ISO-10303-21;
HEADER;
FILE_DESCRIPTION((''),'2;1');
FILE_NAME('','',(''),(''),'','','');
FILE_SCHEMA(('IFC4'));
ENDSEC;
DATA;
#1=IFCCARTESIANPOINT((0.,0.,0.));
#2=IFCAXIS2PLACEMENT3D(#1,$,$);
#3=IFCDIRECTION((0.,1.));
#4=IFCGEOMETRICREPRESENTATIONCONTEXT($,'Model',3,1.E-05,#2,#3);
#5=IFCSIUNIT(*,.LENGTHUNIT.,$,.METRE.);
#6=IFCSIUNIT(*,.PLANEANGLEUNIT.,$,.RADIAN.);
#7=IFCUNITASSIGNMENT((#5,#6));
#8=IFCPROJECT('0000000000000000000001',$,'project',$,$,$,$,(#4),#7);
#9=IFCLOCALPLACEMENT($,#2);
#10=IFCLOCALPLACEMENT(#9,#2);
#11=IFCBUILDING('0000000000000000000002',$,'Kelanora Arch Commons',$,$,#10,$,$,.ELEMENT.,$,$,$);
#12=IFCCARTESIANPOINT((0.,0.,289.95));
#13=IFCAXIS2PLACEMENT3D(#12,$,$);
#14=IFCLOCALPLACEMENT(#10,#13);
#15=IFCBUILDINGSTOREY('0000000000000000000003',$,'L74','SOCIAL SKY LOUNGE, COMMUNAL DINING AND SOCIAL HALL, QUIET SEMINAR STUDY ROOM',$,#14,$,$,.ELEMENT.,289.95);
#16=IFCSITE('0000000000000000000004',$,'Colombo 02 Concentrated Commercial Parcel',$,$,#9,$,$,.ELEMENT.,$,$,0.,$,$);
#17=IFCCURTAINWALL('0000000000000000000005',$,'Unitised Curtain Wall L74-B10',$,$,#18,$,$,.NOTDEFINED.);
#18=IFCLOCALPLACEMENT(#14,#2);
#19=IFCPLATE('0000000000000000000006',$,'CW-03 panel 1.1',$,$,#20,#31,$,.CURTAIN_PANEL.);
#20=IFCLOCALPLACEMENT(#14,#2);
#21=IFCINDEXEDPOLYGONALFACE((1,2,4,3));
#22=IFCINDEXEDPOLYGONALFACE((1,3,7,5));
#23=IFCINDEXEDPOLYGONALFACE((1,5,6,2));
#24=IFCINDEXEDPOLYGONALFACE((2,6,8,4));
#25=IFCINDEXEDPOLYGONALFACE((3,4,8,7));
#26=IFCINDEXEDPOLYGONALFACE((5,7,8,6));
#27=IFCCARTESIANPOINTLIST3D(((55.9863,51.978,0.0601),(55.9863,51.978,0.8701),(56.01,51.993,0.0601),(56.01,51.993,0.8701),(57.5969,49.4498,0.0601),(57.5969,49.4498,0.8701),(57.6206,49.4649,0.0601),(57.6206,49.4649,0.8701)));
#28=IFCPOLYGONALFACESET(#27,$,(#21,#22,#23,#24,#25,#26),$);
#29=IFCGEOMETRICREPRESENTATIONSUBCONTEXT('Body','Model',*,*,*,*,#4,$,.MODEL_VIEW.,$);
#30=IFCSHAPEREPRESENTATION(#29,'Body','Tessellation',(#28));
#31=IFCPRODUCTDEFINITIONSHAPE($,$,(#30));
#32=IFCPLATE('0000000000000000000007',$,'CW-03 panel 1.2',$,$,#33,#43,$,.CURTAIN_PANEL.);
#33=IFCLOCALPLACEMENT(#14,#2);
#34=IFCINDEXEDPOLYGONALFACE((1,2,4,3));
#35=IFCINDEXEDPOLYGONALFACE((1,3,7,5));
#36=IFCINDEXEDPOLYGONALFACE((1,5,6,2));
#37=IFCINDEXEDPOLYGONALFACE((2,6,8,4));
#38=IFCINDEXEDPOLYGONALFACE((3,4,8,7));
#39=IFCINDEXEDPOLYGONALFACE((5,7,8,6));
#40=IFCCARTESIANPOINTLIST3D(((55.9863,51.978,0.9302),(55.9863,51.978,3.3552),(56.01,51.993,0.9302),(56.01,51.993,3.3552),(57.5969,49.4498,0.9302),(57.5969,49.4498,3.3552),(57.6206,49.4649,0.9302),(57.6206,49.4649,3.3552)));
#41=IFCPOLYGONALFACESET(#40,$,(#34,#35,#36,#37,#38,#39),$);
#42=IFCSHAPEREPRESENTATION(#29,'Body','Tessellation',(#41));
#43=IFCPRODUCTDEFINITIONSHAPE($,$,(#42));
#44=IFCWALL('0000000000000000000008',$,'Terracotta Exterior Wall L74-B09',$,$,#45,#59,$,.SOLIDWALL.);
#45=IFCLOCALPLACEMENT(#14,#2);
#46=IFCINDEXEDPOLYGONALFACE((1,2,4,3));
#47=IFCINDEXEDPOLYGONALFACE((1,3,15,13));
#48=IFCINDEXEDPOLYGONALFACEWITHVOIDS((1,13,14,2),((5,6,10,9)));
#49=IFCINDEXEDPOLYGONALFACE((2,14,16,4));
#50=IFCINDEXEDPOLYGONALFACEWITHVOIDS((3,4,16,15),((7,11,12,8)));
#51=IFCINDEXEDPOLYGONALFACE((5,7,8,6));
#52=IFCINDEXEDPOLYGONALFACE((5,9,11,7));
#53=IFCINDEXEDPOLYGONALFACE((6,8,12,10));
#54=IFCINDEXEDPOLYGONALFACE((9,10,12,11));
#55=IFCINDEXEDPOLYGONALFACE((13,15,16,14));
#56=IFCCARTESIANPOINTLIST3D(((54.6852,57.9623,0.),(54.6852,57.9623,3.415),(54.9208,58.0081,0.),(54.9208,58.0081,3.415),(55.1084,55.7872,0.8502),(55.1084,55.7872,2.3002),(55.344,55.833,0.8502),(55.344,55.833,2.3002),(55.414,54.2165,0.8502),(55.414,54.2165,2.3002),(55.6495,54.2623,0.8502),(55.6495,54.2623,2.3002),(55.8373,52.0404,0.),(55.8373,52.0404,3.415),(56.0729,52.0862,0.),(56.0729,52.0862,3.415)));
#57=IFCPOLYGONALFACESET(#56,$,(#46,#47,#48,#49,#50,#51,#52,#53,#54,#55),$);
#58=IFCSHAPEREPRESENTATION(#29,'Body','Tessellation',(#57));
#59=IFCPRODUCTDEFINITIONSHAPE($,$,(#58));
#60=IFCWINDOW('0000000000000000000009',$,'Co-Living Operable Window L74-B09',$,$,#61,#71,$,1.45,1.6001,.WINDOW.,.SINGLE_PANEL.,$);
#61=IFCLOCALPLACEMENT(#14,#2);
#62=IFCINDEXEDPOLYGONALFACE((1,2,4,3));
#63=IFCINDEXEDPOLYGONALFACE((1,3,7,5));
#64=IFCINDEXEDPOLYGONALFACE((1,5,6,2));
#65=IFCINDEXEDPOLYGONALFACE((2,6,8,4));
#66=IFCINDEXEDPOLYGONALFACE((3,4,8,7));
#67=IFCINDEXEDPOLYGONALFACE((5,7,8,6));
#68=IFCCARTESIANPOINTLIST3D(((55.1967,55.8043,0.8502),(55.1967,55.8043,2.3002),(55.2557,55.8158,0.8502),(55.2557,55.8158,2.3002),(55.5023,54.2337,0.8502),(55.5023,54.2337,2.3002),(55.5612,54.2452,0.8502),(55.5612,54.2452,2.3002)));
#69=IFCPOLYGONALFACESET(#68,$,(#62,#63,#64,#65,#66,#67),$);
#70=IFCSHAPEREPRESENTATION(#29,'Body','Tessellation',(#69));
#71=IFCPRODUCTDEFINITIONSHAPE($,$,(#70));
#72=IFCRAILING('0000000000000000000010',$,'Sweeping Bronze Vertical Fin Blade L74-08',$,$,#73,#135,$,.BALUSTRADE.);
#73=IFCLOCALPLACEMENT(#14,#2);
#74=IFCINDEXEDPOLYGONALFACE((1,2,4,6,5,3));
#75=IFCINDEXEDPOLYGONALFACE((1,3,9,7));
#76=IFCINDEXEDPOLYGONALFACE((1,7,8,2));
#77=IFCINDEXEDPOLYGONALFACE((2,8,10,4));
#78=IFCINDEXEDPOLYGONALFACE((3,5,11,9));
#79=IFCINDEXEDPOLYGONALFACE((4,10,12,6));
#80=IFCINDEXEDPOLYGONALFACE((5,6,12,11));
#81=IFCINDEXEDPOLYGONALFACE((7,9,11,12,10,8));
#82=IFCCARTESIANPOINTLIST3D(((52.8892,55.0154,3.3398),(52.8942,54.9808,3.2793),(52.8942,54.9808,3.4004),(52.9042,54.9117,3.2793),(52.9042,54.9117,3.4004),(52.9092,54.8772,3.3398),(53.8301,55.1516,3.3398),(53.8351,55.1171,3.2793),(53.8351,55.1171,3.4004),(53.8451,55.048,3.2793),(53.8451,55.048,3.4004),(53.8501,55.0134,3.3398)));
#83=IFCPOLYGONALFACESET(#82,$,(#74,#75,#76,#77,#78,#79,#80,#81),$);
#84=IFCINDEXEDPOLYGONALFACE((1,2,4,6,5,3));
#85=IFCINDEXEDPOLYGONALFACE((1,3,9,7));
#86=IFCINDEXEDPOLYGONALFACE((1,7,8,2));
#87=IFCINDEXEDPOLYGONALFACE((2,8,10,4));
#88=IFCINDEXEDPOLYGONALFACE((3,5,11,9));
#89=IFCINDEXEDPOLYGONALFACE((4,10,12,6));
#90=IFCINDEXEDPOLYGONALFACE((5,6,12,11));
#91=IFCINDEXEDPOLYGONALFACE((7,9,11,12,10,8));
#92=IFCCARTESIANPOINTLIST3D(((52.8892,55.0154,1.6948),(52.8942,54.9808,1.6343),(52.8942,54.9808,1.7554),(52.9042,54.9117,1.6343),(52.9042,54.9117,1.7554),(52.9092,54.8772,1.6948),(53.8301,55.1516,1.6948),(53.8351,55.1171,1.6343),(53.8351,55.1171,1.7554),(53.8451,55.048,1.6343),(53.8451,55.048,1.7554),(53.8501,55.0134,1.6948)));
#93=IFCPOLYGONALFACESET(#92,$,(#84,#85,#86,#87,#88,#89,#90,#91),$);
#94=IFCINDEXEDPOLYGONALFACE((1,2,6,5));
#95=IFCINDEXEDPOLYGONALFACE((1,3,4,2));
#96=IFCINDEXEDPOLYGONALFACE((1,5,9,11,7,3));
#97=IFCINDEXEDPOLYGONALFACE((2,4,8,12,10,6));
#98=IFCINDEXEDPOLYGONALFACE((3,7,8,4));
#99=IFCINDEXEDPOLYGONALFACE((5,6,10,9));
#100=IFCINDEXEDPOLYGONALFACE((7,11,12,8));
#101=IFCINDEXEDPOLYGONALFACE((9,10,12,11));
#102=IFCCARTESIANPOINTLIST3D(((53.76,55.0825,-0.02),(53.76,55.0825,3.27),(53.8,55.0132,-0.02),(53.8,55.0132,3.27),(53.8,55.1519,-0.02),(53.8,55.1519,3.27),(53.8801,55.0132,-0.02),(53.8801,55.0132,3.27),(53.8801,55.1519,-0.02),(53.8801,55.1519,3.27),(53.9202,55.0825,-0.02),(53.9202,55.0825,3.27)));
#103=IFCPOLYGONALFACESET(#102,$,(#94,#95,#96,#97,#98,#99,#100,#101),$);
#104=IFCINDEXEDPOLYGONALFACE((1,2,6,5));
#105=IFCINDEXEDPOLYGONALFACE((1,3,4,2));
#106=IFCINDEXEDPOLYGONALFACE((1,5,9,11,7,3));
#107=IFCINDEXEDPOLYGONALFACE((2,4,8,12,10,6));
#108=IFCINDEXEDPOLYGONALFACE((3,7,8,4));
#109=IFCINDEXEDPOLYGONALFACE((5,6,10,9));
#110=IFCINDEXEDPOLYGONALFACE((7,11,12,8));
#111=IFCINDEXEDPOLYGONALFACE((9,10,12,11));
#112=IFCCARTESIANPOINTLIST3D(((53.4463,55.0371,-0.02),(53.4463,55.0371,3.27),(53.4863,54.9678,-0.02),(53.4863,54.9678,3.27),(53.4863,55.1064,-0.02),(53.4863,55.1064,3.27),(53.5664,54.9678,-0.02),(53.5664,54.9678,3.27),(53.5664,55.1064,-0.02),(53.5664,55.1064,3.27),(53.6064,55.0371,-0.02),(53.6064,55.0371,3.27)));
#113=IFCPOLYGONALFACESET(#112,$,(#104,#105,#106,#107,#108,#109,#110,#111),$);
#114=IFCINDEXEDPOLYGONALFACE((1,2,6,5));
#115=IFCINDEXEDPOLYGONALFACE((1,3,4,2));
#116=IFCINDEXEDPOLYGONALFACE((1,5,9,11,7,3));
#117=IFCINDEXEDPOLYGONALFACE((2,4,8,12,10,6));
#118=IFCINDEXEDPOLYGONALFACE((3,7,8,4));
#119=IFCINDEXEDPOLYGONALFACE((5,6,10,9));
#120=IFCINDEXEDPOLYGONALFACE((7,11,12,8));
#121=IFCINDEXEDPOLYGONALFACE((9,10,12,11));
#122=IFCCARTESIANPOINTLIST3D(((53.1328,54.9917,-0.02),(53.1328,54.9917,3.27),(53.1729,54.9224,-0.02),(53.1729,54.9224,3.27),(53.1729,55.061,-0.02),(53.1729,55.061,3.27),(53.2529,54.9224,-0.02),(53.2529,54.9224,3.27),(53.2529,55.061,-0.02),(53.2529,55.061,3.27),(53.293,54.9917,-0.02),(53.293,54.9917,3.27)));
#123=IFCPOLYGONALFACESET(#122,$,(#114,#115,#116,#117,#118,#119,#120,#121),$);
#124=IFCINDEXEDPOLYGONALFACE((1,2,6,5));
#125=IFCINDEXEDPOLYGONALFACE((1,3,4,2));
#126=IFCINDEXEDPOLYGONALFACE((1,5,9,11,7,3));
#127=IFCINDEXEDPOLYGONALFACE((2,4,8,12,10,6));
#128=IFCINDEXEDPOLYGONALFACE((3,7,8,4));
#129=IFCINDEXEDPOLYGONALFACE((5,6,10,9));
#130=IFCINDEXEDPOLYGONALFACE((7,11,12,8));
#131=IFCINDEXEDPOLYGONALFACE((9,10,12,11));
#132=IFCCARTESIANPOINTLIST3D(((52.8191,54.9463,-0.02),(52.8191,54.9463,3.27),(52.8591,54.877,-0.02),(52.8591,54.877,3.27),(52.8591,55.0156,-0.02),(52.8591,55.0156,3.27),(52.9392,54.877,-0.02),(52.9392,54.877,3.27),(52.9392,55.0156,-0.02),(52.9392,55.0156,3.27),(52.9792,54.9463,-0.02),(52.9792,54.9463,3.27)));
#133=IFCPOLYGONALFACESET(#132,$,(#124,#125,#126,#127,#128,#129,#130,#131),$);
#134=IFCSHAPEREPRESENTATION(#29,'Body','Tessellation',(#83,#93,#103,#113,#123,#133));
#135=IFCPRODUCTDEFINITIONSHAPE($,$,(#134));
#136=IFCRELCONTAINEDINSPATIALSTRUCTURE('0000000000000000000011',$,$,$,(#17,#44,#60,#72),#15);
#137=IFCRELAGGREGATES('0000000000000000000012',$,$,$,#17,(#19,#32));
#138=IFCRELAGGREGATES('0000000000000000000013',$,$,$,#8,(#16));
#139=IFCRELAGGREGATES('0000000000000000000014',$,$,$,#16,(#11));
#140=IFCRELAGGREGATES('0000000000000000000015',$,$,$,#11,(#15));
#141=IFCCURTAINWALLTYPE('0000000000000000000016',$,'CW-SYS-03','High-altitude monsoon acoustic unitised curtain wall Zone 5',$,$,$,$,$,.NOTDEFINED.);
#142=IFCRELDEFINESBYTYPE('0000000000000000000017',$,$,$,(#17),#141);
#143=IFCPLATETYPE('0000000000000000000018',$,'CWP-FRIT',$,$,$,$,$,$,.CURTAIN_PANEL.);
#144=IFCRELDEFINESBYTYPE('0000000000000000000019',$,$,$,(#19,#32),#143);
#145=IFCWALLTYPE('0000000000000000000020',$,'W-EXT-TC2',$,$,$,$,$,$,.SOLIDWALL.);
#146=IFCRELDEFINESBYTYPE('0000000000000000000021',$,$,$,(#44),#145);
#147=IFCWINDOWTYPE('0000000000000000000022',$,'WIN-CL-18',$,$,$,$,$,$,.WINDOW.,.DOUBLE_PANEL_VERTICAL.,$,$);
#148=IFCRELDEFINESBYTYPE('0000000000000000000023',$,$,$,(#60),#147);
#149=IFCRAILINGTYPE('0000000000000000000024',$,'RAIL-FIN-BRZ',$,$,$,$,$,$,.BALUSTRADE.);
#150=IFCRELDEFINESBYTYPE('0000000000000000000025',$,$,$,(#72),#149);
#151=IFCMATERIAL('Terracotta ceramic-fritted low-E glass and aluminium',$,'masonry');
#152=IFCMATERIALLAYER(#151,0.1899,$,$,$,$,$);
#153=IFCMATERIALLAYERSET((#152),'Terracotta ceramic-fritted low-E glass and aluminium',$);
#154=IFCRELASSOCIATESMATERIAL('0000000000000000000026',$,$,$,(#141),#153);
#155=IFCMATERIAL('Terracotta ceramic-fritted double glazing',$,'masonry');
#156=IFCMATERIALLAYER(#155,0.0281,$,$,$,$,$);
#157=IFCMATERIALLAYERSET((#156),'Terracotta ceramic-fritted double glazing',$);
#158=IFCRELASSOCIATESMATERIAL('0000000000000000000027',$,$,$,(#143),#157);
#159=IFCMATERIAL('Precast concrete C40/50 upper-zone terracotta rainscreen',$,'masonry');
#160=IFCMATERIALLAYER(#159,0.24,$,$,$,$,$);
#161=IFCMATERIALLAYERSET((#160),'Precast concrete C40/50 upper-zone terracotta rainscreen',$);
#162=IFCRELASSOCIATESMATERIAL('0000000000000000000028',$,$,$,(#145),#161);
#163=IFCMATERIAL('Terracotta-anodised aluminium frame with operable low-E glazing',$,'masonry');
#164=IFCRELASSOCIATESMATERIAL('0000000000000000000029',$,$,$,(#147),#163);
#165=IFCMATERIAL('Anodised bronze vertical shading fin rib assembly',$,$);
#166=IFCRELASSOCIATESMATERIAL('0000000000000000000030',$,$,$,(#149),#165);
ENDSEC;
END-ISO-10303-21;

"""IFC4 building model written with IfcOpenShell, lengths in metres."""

from ifc_helpers import new_model, si_unit, direction, frame, frame_2d, origin, origin_2d, place, context, subcontext, project, spatial, polyline, rectangle, outline, extrude, source, transform, mapped, material, layer, layer_set, type_object, element, fill, aggregate, save


model = new_model("IFC4")

# Units and contexts
model_context = context("Model", 3, precision=1e-05, world=origin(), true_north=direction((0.0, 1.0)))
body_context = subcontext(model_context, "Body", "Model", "MODEL_VIEW")
ifc_project = project(units=[si_unit("LENGTHUNIT", "METRE"), si_unit("PLANEANGLEUNIT", "RADIAN")], contexts=[model_context])

# Site, building, storey
site_placement = place(None, origin())
site = spatial("IfcSite", under=ifc_project, at=site_placement, Name="Colombo 02 Concentrated Commercial Parcel", CompositionType="ELEMENT", RefElevation=0.0)
building_placement = place(site_placement, origin())
building = spatial("IfcBuilding", under=site, at=building_placement, Name="Kelanora Arch Commons", CompositionType="ELEMENT")
storey_placement = place(building_placement, frame((0.0, 0.0, 289.95)))
storey = spatial("IfcBuildingStorey", under=building, at=storey_placement, Name="L74", Description="SOCIAL SKY LOUNGE, COMMUNAL DINING AND SOCIAL HALL, QUIET SEMINAR STUDY ROOM", CompositionType="ELEMENT", Elevation=289.95)

# Curtain wall
ifc_material_1 = material(Name="Terracotta ceramic-fritted low-E glass and aluminium", Category="masonry")
ifc_layer_1 = layer(ifc_material_1, 0.1899)
ifc_layer_set_1 = layer_set([ifc_layer_1], Name="Terracotta ceramic-fritted low-E glass and aluminium")
curtain_wall_type = type_object("IfcCurtainWallType", Name="CW-SYS-03", Description="High-altitude monsoon acoustic unitised curtain wall Zone 5", PredefinedType="NOTDEFINED", material=ifc_layer_set_1)
curtain_wall_placement = place(storey_placement, origin())
curtain_wall = element("IfcCurtainWall", 1, at=curtain_wall_placement, inside=storey, type_object=curtain_wall_type, Name="Unitised Curtain Wall L74-B10", PredefinedType="NOTDEFINED")

# Plates
ifc_material_2 = material(Name="Terracotta ceramic-fritted double glazing", Category="masonry")
ifc_layer_2 = layer(ifc_material_2, 0.0281)
ifc_layer_set_2 = layer_set([ifc_layer_2], Name="Terracotta ceramic-fritted double glazing")
plate_type = type_object("IfcPlateType", Name="CWP-FRIT", PredefinedType="CURTAIN_PANEL", material=ifc_layer_set_2)
shared_shape_1 = source(origin(), body_context, "Body", "SweptSolid", [
    extrude(rectangle(XDim=2.9976, YDim=0.0281, at=origin_2d()), origin(), (0.0, 0.0, 1.0), 0.8101),
])
plate_1_placement = place(storey_placement, frame((56.8035, 50.7214, 0.0601), z_axis=(0.0, 0.0, 1.0), x_axis=(0.5373, -0.843391, 0.0)))
plate_1 = element("IfcPlate", 2, at=plate_1_placement, type_object=plate_type, Name="CW-03 panel 1.1", PredefinedType="CURTAIN_PANEL", context=body_context, shape_type="MappedRepresentation", body=[
    mapped(shared_shape_1, transform((0.0, 0.0, 0.0), scale=1.0)),
])
shared_shape_2 = source(origin(), body_context, "Body", "SweptSolid", [
    extrude(rectangle(XDim=2.9976, YDim=0.0281, at=origin_2d()), origin(), (0.0, 0.0, 1.0), 2.425),
])
plate_2_placement = place(storey_placement, frame((56.8035, 50.7214, 0.9302), z_axis=(0.0, 0.0, 1.0), x_axis=(0.5373, -0.843391, 0.0)))
plate_2 = element("IfcPlate", 3, at=plate_2_placement, type_object=plate_type, Name="CW-03 panel 1.2", PredefinedType="CURTAIN_PANEL", context=body_context, shape_type="MappedRepresentation", body=[
    mapped(shared_shape_2, transform((0.0, 0.0, 0.0), scale=1.0)),
])
aggregate(curtain_wall, [plate_1, plate_2])

# Wall, opening, window
ifc_material_3 = material(Name="Precast concrete C40/50 upper-zone terracotta rainscreen", Category="masonry")
ifc_layer_3 = layer(ifc_material_3, 0.24)
ifc_layer_set_3 = layer_set([ifc_layer_3], Name="Precast concrete C40/50 upper-zone terracotta rainscreen")
wall_type = type_object("IfcWallType", Name="W-EXT-TC2", PredefinedType="SOLIDWALL", material=ifc_layer_set_3)
wall_placement = place(storey_placement, frame((54.803, 57.9854, 0.0), z_axis=(0.0, 0.0, 1.0), x_axis=(0.190969, -0.981596, 0.0)))
wall = element("IfcWall", 4, at=wall_placement, inside=storey, type_object=wall_type, Name="Terracotta Exterior Wall L74-B09", PredefinedType="SOLIDWALL", context=body_context, shape_type="SweptSolid", body=[
    extrude(rectangle(XDim=6.033, YDim=0.24, at=frame_2d((3.0166, 0.0))), origin(), (0.0, 0.0, 1.0), 3.415),
])
opening_placement = place(wall_placement, frame((2.2161, 0.0, 0.8501)))
opening = element("IfcOpeningElement", 5, at=opening_placement, cuts=wall, PredefinedType="OPENING", context=body_context, shape_type="SweptSolid", body=[
    extrude(rectangle(XDim=1.6001, YDim=1.45, at=frame_2d((0.8, 0.7251))), frame((0.0, 0.1299, 0.0), z_axis=(0.0, -1.0, 0.0), x_axis=(1.0, 0.0, 0.0)), (0.0, 0.0, 1.0), 0.26),
])
ifc_material_4 = material(Name="Terracotta-anodised aluminium frame with operable low-E glazing", Category="masonry")
window_type = type_object("IfcWindowType", Name="WIN-CL-18", PartitioningType="DOUBLE_PANEL_VERTICAL", PredefinedType="WINDOW", material=ifc_material_4)
window_placement = place(opening_placement, origin())
window = element("IfcWindow", 6, at=window_placement, inside=storey, type_object=window_type, Name="Co-Living Operable Window L74-B09", OverallHeight=1.45, OverallWidth=1.6001, PartitioningType="SINGLE_PANEL", PredefinedType="WINDOW", context=body_context, shape_type="SweptSolid", body=[
    extrude(rectangle(XDim=1.6001, YDim=1.45, at=frame_2d((0.8, 0.7251))), frame((0.0, 0.03, 0.0), z_axis=(0.0, -1.0, 0.0), x_axis=(1.0, 0.0, 0.0)), (0.0, 0.0, 1.0), 0.0601),
])
fill(opening, window)

# Railing
ifc_material_5 = material(Name="Anodised bronze vertical shading fin rib assembly")
railing_type = type_object("IfcRailingType", Name="RAIL-FIN-BRZ", PredefinedType="BALUSTRADE", material=ifc_material_5)
railing_1_placement = place(storey_placement, frame((53.8401, 55.0825, -0.02)))
element("IfcRailing", 7, at=railing_1_placement, inside=storey, type_object=railing_type, Name="Sweeping Bronze Vertical Fin Blade L74-08", PredefinedType="BALUSTRADE", context=body_context, shape_type="SweptSolid", body=[
    extrude(outline(polyline([(0.0698, 0.0), (0.0349, 0.0605), (-0.0349, 0.0605), (-0.0698, 0.0), (-0.0349, -0.0605), (0.0349, -0.0605), (0.0698, 0.0)])), frame((0.0, 0.0, 3.3599), z_axis=(-0.989681, -0.143291, 0.0), x_axis=(0.143291, -0.989681, 0.0)), (0.0, 0.0, 1.0), 0.9507),
    extrude(outline(polyline([(0.0698, 0.0), (0.0349, 0.0605), (-0.0349, 0.0605), (-0.0698, 0.0), (-0.0349, -0.0605), (0.0349, -0.0605), (0.0698, 0.0)])), frame((0.0, 0.0, 1.7148), z_axis=(-0.989681, -0.143291, 0.0), x_axis=(0.143291, -0.989681, 0.0)), (0.0, 0.0, 1.0), 0.9507),
    extrude(outline(polyline([(0.0801, 0.0), (0.04, 0.0693), (-0.04, 0.0693), (-0.0801, 0.0), (-0.04, -0.0693), (0.04, -0.0693), (0.0801, 0.0)])), origin(), (0.0, 0.0, 1.0), 3.29),
    extrude(outline(polyline([(0.0801, 0.0), (0.04, 0.0693), (-0.04, 0.0693), (-0.0801, 0.0), (-0.04, -0.0693), (0.04, -0.0693), (0.0801, 0.0)])), frame((-0.3137, -0.0454, 0.0)), (0.0, 0.0, 1.0), 3.29),
    extrude(outline(polyline([(0.0801, 0.0), (0.04, 0.0693), (-0.04, 0.0693), (-0.0801, 0.0), (-0.04, -0.0693), (0.04, -0.0693), (0.0801, 0.0)])), frame((-0.6272, -0.0908, 0.0)), (0.0, 0.0, 1.0), 3.29),
    extrude(outline(polyline([(0.0801, 0.0), (0.04, 0.0693), (-0.04, 0.0693), (-0.0801, 0.0), (-0.04, -0.0693), (0.04, -0.0693), (0.0801, 0.0)])), frame((-0.9409, -0.1362, 0.0)), (0.0, 0.0, 1.0), 3.29),
])

save(model, "model.ifc")
